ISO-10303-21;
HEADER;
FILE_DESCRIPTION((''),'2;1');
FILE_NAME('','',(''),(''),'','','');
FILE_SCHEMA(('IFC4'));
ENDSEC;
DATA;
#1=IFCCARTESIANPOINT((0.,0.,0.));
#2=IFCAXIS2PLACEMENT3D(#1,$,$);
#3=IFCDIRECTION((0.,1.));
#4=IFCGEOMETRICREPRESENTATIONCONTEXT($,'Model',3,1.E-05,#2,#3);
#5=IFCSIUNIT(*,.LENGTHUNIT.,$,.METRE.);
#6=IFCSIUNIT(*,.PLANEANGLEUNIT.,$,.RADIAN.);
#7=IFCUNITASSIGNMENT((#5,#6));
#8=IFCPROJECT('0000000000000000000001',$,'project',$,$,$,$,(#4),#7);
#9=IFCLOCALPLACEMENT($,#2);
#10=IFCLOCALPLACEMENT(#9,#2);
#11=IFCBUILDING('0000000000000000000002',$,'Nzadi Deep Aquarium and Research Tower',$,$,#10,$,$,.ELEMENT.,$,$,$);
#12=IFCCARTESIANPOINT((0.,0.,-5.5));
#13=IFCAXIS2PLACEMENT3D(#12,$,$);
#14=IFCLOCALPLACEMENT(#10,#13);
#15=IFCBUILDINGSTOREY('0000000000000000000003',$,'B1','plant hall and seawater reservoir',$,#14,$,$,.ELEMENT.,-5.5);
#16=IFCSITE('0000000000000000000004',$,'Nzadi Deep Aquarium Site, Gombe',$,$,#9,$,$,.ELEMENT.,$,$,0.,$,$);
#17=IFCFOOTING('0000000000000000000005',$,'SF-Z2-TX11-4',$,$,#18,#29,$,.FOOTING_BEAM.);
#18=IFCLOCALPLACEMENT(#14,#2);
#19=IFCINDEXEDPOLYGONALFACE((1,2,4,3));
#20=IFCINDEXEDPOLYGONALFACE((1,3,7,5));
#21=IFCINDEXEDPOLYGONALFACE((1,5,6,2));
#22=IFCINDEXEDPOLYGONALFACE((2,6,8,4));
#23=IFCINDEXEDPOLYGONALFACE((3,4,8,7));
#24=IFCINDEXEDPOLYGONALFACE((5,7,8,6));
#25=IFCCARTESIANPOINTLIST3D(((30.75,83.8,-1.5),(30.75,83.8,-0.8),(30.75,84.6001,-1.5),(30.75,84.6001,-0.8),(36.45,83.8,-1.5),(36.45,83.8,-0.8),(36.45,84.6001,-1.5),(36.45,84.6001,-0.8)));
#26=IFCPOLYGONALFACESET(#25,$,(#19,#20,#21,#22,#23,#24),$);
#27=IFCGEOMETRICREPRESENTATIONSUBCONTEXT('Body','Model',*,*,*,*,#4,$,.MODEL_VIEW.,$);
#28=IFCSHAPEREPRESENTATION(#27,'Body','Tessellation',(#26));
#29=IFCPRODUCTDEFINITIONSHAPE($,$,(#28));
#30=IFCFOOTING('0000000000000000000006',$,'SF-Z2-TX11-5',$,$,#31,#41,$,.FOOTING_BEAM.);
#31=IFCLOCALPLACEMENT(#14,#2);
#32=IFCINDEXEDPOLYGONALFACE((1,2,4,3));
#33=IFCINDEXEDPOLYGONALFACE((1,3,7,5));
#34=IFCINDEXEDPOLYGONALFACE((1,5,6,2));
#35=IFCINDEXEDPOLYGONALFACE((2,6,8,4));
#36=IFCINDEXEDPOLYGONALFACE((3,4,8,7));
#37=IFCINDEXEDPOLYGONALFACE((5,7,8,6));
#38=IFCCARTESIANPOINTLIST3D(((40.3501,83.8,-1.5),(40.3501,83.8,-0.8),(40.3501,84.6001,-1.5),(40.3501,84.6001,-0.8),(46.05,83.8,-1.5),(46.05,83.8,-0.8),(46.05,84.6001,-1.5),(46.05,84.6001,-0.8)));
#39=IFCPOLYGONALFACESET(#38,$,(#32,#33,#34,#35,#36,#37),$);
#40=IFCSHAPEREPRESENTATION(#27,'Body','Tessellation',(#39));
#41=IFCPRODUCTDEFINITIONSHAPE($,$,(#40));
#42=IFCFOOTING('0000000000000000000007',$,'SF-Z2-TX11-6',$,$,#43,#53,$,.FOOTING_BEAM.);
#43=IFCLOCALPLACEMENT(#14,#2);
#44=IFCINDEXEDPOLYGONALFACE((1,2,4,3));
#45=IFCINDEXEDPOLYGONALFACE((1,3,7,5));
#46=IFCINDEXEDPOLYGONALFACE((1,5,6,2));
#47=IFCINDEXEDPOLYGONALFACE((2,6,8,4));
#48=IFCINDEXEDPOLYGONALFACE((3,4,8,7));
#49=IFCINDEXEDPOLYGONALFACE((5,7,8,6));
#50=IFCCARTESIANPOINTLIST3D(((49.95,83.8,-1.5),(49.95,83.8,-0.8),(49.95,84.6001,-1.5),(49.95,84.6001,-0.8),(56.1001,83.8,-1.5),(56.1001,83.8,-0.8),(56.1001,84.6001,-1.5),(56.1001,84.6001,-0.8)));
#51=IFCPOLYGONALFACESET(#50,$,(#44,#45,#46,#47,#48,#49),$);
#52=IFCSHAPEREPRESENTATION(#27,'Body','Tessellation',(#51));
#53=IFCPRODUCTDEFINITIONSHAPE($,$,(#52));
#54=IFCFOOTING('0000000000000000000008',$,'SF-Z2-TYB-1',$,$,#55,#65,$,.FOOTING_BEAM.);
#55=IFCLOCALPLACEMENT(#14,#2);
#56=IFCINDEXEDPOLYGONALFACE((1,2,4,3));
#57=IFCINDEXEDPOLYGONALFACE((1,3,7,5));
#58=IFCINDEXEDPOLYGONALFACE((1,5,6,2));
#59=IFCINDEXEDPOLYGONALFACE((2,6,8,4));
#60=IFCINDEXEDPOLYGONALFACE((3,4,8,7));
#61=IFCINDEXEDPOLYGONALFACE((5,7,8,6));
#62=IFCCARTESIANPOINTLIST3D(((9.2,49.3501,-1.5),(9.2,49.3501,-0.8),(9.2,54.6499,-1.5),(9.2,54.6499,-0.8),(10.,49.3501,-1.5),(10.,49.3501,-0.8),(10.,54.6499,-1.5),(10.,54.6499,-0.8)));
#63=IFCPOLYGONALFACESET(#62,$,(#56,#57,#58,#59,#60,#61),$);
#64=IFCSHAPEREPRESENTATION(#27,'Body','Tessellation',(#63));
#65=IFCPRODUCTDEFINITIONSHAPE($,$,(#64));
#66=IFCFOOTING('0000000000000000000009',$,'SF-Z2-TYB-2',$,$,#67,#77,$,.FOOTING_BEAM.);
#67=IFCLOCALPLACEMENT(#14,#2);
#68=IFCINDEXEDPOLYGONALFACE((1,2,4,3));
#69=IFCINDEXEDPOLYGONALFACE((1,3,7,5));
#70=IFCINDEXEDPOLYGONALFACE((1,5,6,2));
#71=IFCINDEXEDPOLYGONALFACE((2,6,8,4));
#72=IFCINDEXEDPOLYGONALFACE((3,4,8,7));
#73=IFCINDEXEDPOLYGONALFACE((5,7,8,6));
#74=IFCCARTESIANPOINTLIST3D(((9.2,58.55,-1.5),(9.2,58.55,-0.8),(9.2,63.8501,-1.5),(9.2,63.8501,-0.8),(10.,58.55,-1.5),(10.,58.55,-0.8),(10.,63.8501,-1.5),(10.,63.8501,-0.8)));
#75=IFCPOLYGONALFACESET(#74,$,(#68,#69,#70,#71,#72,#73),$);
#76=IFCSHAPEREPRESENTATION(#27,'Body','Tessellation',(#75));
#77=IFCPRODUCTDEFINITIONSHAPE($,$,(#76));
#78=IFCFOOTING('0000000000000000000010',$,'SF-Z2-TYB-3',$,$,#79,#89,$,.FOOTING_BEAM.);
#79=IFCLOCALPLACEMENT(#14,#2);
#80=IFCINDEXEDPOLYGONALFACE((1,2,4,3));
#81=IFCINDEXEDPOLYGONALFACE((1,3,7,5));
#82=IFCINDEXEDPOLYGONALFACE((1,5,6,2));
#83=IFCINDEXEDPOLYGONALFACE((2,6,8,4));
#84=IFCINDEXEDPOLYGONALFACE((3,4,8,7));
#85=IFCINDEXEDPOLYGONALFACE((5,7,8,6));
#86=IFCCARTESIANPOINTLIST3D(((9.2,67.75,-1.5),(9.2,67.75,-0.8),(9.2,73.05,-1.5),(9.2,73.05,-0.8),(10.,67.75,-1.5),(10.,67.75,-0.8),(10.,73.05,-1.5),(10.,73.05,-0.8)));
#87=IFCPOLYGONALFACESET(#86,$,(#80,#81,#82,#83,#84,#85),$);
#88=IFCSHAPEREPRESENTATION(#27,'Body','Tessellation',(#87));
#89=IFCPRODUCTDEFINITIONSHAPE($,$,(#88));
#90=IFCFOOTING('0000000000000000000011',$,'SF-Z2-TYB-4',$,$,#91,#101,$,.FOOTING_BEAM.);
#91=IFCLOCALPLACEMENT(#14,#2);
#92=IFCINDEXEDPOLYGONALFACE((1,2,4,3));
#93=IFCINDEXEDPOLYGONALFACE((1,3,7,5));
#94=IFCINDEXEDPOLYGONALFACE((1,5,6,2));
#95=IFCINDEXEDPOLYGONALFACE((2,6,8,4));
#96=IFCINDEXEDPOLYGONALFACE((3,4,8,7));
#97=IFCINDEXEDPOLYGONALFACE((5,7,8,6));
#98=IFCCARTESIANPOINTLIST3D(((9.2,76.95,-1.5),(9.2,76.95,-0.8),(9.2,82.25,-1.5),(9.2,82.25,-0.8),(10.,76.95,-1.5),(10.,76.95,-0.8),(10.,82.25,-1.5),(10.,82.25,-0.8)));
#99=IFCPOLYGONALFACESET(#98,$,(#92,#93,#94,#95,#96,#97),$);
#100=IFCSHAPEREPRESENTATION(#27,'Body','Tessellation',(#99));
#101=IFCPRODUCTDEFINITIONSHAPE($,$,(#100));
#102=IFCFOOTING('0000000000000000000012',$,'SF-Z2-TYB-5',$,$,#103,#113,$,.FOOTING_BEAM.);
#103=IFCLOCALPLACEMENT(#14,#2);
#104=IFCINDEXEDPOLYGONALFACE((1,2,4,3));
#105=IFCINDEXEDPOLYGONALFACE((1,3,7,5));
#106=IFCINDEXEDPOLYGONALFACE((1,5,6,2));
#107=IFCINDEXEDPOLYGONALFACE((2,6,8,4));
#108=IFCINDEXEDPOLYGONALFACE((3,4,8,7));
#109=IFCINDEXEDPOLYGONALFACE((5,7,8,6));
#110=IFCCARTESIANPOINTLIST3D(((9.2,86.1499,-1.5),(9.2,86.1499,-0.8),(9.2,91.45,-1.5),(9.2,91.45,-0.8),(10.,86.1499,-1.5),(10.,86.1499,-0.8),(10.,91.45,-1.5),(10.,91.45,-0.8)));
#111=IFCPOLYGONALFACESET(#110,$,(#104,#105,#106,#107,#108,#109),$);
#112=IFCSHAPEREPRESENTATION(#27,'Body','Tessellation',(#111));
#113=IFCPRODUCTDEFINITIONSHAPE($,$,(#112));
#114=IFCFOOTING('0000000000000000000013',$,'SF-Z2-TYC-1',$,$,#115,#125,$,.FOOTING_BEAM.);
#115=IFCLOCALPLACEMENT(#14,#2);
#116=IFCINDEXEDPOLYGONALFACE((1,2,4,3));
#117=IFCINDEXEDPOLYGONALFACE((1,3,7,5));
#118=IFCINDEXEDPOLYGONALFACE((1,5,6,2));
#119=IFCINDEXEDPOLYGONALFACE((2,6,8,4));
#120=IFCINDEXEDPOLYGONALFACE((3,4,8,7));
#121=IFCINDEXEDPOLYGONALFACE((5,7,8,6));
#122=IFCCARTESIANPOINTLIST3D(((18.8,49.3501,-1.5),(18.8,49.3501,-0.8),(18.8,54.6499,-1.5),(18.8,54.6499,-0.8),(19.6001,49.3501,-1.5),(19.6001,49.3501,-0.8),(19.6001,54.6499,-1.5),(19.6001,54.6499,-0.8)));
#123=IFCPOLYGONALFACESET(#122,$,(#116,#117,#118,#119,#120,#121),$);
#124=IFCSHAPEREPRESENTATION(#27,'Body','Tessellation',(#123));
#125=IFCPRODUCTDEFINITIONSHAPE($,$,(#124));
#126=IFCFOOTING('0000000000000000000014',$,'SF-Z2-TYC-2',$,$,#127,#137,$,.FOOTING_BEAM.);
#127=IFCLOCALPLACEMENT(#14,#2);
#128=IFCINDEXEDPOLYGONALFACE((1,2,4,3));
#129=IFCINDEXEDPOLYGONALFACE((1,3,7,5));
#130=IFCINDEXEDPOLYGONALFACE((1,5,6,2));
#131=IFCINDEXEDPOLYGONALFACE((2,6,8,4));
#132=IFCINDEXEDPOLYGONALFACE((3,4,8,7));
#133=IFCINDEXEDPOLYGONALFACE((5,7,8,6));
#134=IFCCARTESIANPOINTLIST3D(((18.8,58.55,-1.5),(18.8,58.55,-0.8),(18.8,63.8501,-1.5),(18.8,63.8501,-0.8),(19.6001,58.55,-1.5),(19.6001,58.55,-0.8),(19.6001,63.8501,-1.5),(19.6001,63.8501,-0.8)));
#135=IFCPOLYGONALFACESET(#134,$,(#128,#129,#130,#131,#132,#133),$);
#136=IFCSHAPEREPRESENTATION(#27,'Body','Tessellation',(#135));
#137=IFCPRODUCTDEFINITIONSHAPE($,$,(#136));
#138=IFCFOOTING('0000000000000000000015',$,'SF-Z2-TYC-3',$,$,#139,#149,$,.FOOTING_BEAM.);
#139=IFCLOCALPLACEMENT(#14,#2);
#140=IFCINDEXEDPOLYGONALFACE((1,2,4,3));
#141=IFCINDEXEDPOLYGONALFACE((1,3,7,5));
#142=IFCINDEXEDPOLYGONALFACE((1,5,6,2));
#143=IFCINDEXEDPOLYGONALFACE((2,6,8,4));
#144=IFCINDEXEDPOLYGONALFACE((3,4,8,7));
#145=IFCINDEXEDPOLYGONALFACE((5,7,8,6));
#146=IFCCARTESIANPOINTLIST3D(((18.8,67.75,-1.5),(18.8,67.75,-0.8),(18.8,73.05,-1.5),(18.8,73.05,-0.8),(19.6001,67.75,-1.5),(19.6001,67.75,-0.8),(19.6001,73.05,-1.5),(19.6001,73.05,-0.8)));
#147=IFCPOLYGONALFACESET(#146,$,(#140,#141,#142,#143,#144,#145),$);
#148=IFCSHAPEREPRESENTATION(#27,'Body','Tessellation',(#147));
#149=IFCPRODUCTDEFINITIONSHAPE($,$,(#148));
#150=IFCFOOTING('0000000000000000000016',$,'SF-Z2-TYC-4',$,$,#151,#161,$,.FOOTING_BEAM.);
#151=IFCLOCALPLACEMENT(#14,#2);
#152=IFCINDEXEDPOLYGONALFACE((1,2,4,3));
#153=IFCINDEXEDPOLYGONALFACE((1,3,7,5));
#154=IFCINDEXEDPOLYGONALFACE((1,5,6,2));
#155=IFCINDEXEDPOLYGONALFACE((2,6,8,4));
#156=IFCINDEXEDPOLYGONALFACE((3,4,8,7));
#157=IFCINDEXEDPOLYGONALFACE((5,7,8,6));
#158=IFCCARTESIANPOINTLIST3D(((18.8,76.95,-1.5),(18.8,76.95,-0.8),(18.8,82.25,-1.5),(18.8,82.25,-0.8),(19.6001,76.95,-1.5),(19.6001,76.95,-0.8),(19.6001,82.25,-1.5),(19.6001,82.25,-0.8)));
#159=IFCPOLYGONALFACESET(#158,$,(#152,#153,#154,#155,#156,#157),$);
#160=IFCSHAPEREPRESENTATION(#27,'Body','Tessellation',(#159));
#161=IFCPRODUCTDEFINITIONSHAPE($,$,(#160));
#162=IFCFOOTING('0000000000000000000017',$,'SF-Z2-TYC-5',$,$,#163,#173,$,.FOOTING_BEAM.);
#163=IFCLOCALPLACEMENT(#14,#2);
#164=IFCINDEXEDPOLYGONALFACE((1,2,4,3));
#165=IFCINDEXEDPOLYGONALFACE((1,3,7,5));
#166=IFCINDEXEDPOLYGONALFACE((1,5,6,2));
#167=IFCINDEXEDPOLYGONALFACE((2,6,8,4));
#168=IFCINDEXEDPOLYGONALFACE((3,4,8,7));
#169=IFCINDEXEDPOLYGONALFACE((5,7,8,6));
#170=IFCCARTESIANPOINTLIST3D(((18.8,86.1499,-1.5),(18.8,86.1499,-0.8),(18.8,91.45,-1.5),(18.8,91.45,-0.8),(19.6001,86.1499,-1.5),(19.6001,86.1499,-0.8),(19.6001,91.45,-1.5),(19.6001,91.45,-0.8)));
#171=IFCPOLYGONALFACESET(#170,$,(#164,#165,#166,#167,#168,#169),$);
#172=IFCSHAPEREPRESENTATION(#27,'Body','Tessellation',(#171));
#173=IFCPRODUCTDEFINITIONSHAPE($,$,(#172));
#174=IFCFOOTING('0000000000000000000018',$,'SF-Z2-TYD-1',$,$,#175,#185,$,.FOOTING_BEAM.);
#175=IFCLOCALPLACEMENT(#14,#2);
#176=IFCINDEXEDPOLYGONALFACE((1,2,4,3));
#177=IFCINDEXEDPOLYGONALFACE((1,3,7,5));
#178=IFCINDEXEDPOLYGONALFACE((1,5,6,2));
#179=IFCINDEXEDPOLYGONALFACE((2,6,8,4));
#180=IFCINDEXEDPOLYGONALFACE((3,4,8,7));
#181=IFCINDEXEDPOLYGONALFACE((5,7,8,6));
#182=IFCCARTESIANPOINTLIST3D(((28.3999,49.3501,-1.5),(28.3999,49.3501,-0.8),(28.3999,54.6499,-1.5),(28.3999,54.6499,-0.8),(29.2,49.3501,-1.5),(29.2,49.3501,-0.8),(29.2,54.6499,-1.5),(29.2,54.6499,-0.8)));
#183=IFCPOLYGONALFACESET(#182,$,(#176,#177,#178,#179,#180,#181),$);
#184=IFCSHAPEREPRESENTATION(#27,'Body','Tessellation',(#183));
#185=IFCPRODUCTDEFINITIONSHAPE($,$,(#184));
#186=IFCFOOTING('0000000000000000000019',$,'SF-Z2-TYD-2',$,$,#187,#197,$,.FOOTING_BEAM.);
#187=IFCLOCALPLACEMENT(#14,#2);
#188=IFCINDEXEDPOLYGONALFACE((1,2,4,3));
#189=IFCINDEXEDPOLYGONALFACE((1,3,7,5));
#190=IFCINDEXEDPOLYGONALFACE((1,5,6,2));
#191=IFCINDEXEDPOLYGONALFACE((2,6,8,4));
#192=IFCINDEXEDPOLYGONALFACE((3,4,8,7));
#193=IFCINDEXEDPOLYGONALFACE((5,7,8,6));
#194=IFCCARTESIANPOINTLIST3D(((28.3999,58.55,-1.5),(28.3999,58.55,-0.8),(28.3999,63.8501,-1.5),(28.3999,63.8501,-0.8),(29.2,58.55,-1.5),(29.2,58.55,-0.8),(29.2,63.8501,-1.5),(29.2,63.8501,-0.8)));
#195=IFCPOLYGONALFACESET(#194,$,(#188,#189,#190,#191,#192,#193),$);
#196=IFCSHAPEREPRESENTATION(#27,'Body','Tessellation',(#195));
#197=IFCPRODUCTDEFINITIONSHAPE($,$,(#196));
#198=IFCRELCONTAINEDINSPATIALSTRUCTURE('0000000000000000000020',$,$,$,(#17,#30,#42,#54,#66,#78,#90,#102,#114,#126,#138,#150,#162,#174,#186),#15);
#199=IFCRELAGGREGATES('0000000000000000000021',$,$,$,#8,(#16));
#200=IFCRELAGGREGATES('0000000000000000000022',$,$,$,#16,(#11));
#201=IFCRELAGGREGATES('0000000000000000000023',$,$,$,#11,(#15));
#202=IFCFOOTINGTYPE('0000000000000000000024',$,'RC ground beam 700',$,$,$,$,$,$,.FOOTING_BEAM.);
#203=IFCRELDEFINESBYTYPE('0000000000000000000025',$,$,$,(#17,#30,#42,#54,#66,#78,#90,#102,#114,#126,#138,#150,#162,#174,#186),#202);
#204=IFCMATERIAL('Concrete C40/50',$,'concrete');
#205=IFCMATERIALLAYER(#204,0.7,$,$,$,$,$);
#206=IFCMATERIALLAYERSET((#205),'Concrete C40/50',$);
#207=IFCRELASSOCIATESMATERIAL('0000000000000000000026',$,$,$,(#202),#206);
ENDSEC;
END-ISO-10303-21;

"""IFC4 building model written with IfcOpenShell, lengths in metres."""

from ifc_helpers import new_model, si_unit, direction, frame, origin, place, context, subcontext, project, spatial, polyline, outline, extrude, material, layer, layer_set, type_object, element, save


model = new_model("IFC4")

# Units and contexts
model_context = context("Model", 3, precision=1e-05, world=origin(), true_north=direction((0.0, 1.0)))
body_context = subcontext(model_context, "Body", "Model", "MODEL_VIEW")
ifc_project = project(units=[si_unit("LENGTHUNIT", "METRE"), si_unit("PLANEANGLEUNIT", "RADIAN")], contexts=[model_context])

# Site, building, storey
site_placement = place(None, origin())
site = spatial("IfcSite", under=ifc_project, at=site_placement, Name="Nzadi Deep Aquarium Site, Gombe", CompositionType="ELEMENT", RefElevation=0.0)
building_placement = place(site_placement, origin())
building = spatial("IfcBuilding", under=site, at=building_placement, Name="Nzadi Deep Aquarium and Research Tower", CompositionType="ELEMENT")
storey_placement = place(building_placement, frame((0.0, 0.0, -5.5)))
storey = spatial("IfcBuildingStorey", under=building, at=storey_placement, Name="B1", Description="plant hall and seawater reservoir", CompositionType="ELEMENT", Elevation=-5.5)

# Footings
ifc_material = material(Name="Concrete C40/50", Category="concrete")
ifc_layer = layer(ifc_material, 0.7)
ifc_layer_set = layer_set([ifc_layer], Name="Concrete C40/50")
footing_type = type_object("IfcFootingType", Name="RC ground beam 700", PredefinedType="FOOTING_BEAM", material=ifc_layer_set)
footing_1_placement = place(storey_placement, frame((0.0, 0.0, -1.5)))
element("IfcFooting", 1, at=footing_1_placement, inside=storey, type_object=footing_type, Name="SF-Z2-TX11-4", PredefinedType="FOOTING_BEAM", context=body_context, shape_type="SweptSolid", body=[
    extrude(outline(polyline([(36.45, 84.6001), (30.75, 84.6001), (30.75, 83.8), (36.45, 83.8), (36.45, 84.6001)])), origin(), (0.0, 0.0, 1.0), 0.7),
])
footing_2_placement = place(storey_placement, frame((0.0, 0.0, -1.5)))
element("IfcFooting", 2, at=footing_2_placement, inside=storey, type_object=footing_type, Name="SF-Z2-TX11-5", PredefinedType="FOOTING_BEAM", context=body_context, shape_type="SweptSolid", body=[
    extrude(outline(polyline([(46.05, 84.6001), (40.3501, 84.6001), (40.3501, 83.8), (46.05, 83.8), (46.05, 84.6001)])), origin(), (0.0, 0.0, 1.0), 0.7),
])
footing_3_placement = place(storey_placement, frame((0.0, 0.0, -1.5)))
element("IfcFooting", 3, at=footing_3_placement, inside=storey, type_object=footing_type, Name="SF-Z2-TX11-6", PredefinedType="FOOTING_BEAM", context=body_context, shape_type="SweptSolid", body=[
    extrude(outline(polyline([(56.1001, 83.8), (56.1001, 84.6001), (49.95, 84.6001), (49.95, 83.8), (56.1001, 83.8)])), origin(), (0.0, 0.0, 1.0), 0.7),
])
footing_4_placement = place(storey_placement, frame((0.0, 0.0, -1.5)))
element("IfcFooting", 4, at=footing_4_placement, inside=storey, type_object=footing_type, Name="SF-Z2-TYB-1", PredefinedType="FOOTING_BEAM", context=body_context, shape_type="SweptSolid", body=[
    extrude(outline(polyline([(10.0, 49.3501), (10.0, 54.6499), (9.2, 54.6499), (9.2, 49.3501), (10.0, 49.3501)])), origin(), (0.0, 0.0, 1.0), 0.7),
])
footing_5_placement = place(storey_placement, frame((0.0, 0.0, -1.5)))
element("IfcFooting", 5, at=footing_5_placement, inside=storey, type_object=footing_type, Name="SF-Z2-TYB-2", PredefinedType="FOOTING_BEAM", context=body_context, shape_type="SweptSolid", body=[
    extrude(outline(polyline([(10.0, 58.55), (10.0, 63.8501), (9.2, 63.8501), (9.2, 58.55), (10.0, 58.55)])), origin(), (0.0, 0.0, 1.0), 0.7),
])
footing_6_placement = place(storey_placement, frame((0.0, 0.0, -1.5)))
element("IfcFooting", 6, at=footing_6_placement, inside=storey, type_object=footing_type, Name="SF-Z2-TYB-3", PredefinedType="FOOTING_BEAM", context=body_context, shape_type="SweptSolid", body=[
    extrude(outline(polyline([(10.0, 67.75), (10.0, 73.05), (9.2, 73.05), (9.2, 67.75), (10.0, 67.75)])), origin(), (0.0, 0.0, 1.0), 0.7),
])
footing_7_placement = place(storey_placement, frame((0.0, 0.0, -1.5)))
element("IfcFooting", 7, at=footing_7_placement, inside=storey, type_object=footing_type, Name="SF-Z2-TYB-4", PredefinedType="FOOTING_BEAM", context=body_context, shape_type="SweptSolid", body=[
    extrude(outline(polyline([(10.0, 76.95), (10.0, 82.25), (9.2, 82.25), (9.2, 76.95), (10.0, 76.95)])), origin(), (0.0, 0.0, 1.0), 0.7),
])
footing_8_placement = place(storey_placement, frame((0.0, 0.0, -1.5)))
element("IfcFooting", 8, at=footing_8_placement, inside=storey, type_object=footing_type, Name="SF-Z2-TYB-5", PredefinedType="FOOTING_BEAM", context=body_context, shape_type="SweptSolid", body=[
    extrude(outline(polyline([(10.0, 86.1499), (10.0, 91.45), (9.2, 91.45), (9.2, 86.1499), (10.0, 86.1499)])), origin(), (0.0, 0.0, 1.0), 0.7),
])
footing_9_placement = place(storey_placement, frame((0.0, 0.0, -1.5)))
element("IfcFooting", 9, at=footing_9_placement, inside=storey, type_object=footing_type, Name="SF-Z2-TYC-1", PredefinedType="FOOTING_BEAM", context=body_context, shape_type="SweptSolid", body=[
    extrude(outline(polyline([(19.6001, 49.3501), (19.6001, 54.6499), (18.8, 54.6499), (18.8, 49.3501), (19.6001, 49.3501)])), origin(), (0.0, 0.0, 1.0), 0.7),
])
footing_10_placement = place(storey_placement, frame((0.0, 0.0, -1.5)))
element("IfcFooting", 10, at=footing_10_placement, inside=storey, type_object=footing_type, Name="SF-Z2-TYC-2", PredefinedType="FOOTING_BEAM", context=body_context, shape_type="SweptSolid", body=[
    extrude(outline(polyline([(19.6001, 58.55), (19.6001, 63.8501), (18.8, 63.8501), (18.8, 58.55), (19.6001, 58.55)])), origin(), (0.0, 0.0, 1.0), 0.7),
])
footing_11_placement = place(storey_placement, frame((0.0, 0.0, -1.5)))
element("IfcFooting", 11, at=footing_11_placement, inside=storey, type_object=footing_type, Name="SF-Z2-TYC-3", PredefinedType="FOOTING_BEAM", context=body_context, shape_type="SweptSolid", body=[
    extrude(outline(polyline([(19.6001, 67.75), (19.6001, 73.05), (18.8, 73.05), (18.8, 67.75), (19.6001, 67.75)])), origin(), (0.0, 0.0, 1.0), 0.7),
])
footing_12_placement = place(storey_placement, frame((0.0, 0.0, -1.5)))
element("IfcFooting", 12, at=footing_12_placement, inside=storey, type_object=footing_type, Name="SF-Z2-TYC-4", PredefinedType="FOOTING_BEAM", context=body_context, shape_type="SweptSolid", body=[
    extrude(outline(polyline([(19.6001, 76.95), (19.6001, 82.25), (18.8, 82.25), (18.8, 76.95), (19.6001, 76.95)])), origin(), (0.0, 0.0, 1.0), 0.7),
])
footing_13_placement = place(storey_placement, frame((0.0, 0.0, -1.5)))
element("IfcFooting", 13, at=footing_13_placement, inside=storey, type_object=footing_type, Name="SF-Z2-TYC-5", PredefinedType="FOOTING_BEAM", context=body_context, shape_type="SweptSolid", body=[
    extrude(outline(polyline([(19.6001, 86.1499), (19.6001, 91.45), (18.8, 91.45), (18.8, 86.1499), (19.6001, 86.1499)])), origin(), (0.0, 0.0, 1.0), 0.7),
])
footing_14_placement = place(storey_placement, frame((0.0, 0.0, -1.5)))
element("IfcFooting", 14, at=footing_14_placement, inside=storey, type_object=footing_type, Name="SF-Z2-TYD-1", PredefinedType="FOOTING_BEAM", context=body_context, shape_type="SweptSolid", body=[
    extrude(outline(polyline([(29.2, 49.3501), (29.2, 54.6499), (28.3999, 54.6499), (28.3999, 49.3501), (29.2, 49.3501)])), origin(), (0.0, 0.0, 1.0), 0.7),
])
footing_15_placement = place(storey_placement, frame((0.0, 0.0, -1.5)))
element("IfcFooting", 15, at=footing_15_placement, inside=storey, type_object=footing_type, Name="SF-Z2-TYD-2", PredefinedType="FOOTING_BEAM", context=body_context, shape_type="SweptSolid", body=[
    extrude(outline(polyline([(29.2, 58.55), (29.2, 63.8501), (28.3999, 63.8501), (28.3999, 58.55), (29.2, 58.55)])), origin(), (0.0, 0.0, 1.0), 0.7),
])

save(model, "model.ifc")
